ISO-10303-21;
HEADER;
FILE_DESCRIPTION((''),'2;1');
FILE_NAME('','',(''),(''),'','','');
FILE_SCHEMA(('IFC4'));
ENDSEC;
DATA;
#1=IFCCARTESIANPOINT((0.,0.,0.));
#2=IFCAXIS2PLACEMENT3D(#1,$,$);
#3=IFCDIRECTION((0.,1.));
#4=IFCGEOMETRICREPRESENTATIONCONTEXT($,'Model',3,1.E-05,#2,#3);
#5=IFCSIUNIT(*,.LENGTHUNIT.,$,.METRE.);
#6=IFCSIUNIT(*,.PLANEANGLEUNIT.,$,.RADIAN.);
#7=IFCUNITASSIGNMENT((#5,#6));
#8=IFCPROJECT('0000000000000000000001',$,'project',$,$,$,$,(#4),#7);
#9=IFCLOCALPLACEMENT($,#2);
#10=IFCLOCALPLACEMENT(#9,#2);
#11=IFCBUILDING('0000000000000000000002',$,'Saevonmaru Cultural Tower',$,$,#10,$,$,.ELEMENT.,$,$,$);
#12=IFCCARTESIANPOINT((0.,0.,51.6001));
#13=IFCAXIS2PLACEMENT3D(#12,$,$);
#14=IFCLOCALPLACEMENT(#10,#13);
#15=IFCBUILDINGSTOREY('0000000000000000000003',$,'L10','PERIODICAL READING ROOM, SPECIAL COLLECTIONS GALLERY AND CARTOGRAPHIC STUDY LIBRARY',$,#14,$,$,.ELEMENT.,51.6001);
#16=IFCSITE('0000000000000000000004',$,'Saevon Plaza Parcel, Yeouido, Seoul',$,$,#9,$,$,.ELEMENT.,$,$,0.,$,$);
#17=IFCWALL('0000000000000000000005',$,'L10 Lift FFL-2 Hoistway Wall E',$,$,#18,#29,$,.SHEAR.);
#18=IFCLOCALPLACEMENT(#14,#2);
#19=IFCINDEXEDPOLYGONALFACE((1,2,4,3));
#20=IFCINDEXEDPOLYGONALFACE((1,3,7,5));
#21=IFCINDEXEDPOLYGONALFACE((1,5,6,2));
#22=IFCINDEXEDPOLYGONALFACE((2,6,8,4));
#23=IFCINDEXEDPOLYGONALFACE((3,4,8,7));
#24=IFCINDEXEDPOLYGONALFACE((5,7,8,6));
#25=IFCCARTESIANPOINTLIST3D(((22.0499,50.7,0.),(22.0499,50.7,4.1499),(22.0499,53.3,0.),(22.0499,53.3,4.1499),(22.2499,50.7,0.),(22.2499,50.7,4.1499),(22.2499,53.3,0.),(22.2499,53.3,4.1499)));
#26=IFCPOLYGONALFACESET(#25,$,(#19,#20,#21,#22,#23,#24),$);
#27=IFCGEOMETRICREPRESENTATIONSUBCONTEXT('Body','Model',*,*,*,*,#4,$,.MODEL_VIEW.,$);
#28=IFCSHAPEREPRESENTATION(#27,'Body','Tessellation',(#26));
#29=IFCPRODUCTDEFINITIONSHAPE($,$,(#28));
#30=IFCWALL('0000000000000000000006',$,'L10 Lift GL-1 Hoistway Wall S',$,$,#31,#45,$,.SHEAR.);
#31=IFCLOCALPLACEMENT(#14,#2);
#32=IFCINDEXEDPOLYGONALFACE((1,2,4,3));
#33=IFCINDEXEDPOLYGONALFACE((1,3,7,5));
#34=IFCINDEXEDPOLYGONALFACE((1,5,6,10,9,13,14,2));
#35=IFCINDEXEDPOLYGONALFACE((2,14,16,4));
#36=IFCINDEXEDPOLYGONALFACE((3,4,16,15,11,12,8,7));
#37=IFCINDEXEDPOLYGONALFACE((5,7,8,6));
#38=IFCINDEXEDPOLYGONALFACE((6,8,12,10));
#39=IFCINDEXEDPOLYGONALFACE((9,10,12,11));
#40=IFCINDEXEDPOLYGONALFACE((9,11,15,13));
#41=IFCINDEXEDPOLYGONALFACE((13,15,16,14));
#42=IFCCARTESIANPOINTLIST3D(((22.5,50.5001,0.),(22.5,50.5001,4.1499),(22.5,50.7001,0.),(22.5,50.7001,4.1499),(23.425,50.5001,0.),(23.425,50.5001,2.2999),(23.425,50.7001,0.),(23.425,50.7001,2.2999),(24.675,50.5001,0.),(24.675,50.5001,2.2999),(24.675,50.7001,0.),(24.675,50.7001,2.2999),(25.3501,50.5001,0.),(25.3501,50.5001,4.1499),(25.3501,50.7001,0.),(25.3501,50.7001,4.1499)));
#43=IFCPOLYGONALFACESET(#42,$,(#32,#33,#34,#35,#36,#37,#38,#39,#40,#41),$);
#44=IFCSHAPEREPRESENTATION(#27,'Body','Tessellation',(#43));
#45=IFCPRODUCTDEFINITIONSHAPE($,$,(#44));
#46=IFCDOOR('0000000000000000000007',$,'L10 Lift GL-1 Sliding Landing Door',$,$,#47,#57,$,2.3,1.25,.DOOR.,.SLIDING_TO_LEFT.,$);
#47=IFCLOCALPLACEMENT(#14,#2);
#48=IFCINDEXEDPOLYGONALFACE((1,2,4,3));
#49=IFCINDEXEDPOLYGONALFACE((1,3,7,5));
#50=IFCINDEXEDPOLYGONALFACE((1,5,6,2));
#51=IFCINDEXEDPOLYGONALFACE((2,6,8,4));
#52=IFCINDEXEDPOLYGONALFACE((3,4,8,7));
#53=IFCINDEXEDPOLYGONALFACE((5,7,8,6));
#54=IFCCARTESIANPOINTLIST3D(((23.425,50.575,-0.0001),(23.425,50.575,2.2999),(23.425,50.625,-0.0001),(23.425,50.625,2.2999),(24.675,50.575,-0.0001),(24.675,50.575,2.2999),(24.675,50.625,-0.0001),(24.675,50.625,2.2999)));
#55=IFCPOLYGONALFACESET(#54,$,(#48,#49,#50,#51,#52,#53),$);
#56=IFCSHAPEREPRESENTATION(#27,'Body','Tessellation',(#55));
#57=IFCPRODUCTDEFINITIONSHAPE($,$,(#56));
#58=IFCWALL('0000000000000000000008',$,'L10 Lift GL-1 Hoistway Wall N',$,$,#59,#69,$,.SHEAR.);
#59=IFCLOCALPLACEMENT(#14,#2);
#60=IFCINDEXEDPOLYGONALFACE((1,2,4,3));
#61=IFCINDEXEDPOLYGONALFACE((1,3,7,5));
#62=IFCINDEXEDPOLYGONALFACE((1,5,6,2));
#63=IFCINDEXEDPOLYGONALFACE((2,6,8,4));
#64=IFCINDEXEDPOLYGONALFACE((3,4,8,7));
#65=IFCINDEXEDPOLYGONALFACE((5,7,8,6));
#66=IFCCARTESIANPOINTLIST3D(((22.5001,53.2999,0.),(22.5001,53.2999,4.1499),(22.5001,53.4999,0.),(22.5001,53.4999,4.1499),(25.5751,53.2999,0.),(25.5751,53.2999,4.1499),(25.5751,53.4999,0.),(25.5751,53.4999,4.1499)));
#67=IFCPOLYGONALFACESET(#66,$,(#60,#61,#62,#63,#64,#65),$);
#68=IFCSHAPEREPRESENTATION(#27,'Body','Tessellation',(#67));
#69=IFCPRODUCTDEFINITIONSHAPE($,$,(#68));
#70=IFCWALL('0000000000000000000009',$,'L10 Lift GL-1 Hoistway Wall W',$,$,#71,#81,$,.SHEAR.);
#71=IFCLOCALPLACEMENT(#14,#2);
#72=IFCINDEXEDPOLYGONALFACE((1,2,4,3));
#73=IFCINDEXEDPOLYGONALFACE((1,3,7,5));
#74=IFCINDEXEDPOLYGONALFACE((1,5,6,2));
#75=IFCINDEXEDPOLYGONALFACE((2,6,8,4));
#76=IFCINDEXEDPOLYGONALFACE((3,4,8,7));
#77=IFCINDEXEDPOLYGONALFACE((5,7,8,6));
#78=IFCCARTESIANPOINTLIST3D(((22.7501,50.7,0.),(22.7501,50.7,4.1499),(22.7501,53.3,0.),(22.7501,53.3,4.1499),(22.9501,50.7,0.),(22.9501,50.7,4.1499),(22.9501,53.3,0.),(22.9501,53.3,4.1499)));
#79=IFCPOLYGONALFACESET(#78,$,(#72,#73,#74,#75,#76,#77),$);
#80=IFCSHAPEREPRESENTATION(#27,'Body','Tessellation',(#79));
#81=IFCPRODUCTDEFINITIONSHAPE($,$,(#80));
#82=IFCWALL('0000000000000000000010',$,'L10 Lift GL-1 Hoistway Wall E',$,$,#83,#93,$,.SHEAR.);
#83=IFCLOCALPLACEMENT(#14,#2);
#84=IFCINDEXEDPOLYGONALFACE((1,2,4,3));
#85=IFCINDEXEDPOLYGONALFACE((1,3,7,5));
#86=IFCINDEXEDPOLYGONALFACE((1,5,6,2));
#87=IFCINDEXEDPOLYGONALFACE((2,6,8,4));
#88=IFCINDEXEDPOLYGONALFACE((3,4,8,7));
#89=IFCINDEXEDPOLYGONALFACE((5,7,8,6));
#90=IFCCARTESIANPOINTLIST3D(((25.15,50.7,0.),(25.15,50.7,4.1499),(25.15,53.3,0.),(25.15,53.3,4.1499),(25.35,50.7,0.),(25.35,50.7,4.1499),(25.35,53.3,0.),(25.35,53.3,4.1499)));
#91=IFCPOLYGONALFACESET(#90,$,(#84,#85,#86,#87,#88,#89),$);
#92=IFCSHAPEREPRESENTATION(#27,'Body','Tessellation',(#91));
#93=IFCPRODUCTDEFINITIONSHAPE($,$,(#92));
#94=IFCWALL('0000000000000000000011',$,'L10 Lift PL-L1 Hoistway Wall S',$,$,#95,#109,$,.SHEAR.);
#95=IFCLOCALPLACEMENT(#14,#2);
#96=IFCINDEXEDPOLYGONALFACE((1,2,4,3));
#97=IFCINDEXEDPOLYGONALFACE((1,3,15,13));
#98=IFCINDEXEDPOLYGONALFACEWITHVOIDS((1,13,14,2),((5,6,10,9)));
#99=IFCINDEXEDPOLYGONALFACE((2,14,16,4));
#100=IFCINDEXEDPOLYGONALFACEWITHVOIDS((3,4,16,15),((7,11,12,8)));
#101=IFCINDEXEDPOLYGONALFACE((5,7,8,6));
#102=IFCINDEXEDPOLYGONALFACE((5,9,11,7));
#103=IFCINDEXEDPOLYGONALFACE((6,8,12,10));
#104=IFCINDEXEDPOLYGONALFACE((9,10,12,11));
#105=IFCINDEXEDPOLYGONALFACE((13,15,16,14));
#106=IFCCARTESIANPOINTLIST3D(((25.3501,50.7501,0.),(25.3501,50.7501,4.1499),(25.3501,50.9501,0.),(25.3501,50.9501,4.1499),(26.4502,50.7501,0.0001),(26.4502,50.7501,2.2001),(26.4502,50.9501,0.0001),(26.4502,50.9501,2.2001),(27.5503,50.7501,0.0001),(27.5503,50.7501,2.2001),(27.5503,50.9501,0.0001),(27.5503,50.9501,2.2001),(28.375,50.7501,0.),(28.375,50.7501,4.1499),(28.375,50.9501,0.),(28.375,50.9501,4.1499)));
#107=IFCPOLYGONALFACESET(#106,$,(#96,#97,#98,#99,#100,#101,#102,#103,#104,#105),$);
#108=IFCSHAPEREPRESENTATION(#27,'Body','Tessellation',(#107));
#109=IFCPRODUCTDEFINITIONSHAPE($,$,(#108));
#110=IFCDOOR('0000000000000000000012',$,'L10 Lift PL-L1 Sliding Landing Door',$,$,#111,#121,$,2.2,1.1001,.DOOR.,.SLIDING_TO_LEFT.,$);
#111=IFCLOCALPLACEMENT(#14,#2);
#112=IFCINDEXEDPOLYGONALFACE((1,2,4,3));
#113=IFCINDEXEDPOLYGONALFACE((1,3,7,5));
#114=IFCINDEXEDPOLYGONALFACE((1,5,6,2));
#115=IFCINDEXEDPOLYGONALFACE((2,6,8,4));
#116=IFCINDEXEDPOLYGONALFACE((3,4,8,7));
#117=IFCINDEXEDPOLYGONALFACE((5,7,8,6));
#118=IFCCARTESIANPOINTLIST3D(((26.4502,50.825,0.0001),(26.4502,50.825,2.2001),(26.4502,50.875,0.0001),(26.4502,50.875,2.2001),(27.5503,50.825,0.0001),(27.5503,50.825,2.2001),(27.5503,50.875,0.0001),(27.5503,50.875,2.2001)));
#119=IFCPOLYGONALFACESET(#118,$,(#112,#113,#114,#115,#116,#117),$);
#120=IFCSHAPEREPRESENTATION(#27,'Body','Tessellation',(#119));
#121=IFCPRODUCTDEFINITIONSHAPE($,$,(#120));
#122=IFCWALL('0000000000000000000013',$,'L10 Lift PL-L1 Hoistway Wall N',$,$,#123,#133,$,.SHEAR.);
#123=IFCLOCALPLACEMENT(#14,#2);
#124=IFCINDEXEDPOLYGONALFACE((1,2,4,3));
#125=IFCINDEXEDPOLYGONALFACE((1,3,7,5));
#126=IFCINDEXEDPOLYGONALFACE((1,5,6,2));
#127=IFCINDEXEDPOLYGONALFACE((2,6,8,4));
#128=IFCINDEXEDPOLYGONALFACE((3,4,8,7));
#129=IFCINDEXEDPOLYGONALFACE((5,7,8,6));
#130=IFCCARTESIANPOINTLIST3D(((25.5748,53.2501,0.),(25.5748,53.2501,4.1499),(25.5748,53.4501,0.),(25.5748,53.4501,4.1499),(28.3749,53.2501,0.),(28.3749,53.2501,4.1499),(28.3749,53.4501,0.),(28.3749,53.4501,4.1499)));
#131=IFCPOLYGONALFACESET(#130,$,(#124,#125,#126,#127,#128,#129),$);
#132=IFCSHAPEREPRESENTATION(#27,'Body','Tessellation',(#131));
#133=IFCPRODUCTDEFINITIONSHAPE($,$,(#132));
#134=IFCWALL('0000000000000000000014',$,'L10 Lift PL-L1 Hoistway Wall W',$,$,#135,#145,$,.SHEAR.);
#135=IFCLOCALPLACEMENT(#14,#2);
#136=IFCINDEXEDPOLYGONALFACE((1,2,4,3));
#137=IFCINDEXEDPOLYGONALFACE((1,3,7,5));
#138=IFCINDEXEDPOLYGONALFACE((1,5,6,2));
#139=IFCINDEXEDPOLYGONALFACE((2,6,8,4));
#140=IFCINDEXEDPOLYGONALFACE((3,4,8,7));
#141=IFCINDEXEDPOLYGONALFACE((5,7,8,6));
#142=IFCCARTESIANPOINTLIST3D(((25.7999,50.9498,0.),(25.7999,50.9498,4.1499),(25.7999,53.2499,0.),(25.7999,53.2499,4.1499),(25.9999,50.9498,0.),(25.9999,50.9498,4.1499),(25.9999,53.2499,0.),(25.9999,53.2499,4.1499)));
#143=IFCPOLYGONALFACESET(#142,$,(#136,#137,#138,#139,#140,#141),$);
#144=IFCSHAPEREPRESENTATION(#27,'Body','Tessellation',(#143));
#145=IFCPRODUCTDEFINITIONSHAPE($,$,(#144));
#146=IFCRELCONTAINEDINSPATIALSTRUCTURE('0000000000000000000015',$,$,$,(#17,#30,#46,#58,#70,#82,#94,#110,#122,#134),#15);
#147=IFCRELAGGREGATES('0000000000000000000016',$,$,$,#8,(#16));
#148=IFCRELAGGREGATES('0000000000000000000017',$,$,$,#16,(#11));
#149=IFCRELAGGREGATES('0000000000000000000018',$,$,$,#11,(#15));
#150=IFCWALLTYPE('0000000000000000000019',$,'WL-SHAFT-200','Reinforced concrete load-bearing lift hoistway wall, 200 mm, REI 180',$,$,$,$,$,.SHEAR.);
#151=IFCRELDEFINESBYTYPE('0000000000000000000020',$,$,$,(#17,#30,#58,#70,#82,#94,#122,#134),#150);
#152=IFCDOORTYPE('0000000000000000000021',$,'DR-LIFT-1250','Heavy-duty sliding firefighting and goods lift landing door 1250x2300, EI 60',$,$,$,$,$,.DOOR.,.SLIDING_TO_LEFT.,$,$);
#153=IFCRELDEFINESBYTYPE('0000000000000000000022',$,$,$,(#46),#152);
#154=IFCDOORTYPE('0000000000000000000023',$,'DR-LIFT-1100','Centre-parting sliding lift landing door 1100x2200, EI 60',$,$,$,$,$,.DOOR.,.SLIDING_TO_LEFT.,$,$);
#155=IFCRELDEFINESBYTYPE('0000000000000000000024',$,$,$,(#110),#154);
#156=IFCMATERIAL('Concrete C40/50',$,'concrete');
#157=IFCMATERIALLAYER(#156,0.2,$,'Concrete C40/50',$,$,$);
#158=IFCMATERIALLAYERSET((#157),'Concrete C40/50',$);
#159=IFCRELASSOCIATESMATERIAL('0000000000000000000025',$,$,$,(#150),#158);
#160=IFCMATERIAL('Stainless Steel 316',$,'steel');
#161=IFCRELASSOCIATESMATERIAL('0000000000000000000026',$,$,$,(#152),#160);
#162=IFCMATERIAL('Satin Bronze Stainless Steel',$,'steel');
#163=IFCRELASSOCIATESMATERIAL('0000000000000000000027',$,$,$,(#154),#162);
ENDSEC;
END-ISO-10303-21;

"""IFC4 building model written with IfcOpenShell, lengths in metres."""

from ifc_helpers import new_model, si_unit, direction, frame, frame_2d, origin, place, context, subcontext, project, spatial, rectangle, extrude, material, layer, layer_set, type_object, element, fill, save


model = new_model("IFC4")

# Units and contexts
model_context = context("Model", 3, precision=1e-05, world=origin(), true_north=direction((0.0, 1.0)))
body_context = subcontext(model_context, "Body", "Model", "MODEL_VIEW")
ifc_project = project(units=[si_unit("LENGTHUNIT", "METRE"), si_unit("PLANEANGLEUNIT", "RADIAN")], contexts=[model_context])

# Site, building, storey
site_placement = place(None, origin())
site = spatial("IfcSite", under=ifc_project, at=site_placement, Name="Saevon Plaza Parcel, Yeouido, Seoul", CompositionType="ELEMENT", RefElevation=0.0)
building_placement = place(site_placement, origin())
building = spatial("IfcBuilding", under=site, at=building_placement, Name="Saevonmaru Cultural Tower", CompositionType="ELEMENT")
storey_placement = place(building_placement, frame((0.0, 0.0, 51.6001)))
storey = spatial("IfcBuildingStorey", under=building, at=storey_placement, Name="L10", Description="PERIODICAL READING ROOM, SPECIAL COLLECTIONS GALLERY AND CARTOGRAPHIC STUDY LIBRARY", CompositionType="ELEMENT", Elevation=51.6001)

# Wall
ifc_material_1 = material(Name="Concrete C40/50", Category="concrete")
ifc_layer_1 = layer(ifc_material_1, 0.2, Name="Concrete C40/50")
ifc_layer_set_1 = layer_set([ifc_layer_1], Name="Concrete C40/50")
wall_type_1 = type_object("IfcWallType", Name="WL-SHAFT-200", Description="Reinforced concrete load-bearing lift hoistway wall, 200 mm, REI 180", PredefinedType="SHEAR", material=ifc_layer_set_1)
for number, where, z_axis, x_axis, name in (
    (1, (22.1499, 50.7, 0.0), (0.0, 0.0, 1.0), (0.0, 1.0, 0.0), "L10 Lift FFL-2 Hoistway Wall E"),
):
    element("IfcWall", number, at=place(storey_placement, frame(where, z_axis=z_axis, x_axis=x_axis)), inside=storey, type_object=wall_type_1, Name=name, PredefinedType="SHEAR", context=body_context, shape_type="SweptSolid", body=[
        extrude(rectangle(XDim=2.6001, YDim=0.2, at=frame_2d((1.3, 0.0))), origin(), (0.0, 0.0, 1.0), 4.1499),
    ])

# Wall, opening, door
wall_1_placement = place(storey_placement, frame((22.5, 50.6001, 0.0), z_axis=(0.0, 0.0, 1.0), x_axis=(1.0, 0.0, 0.0)))
wall_1 = element("IfcWall", 2, at=wall_1_placement, inside=storey, type_object=wall_type_1, Name="L10 Lift GL-1 Hoistway Wall S", PredefinedType="SHEAR", context=body_context, shape_type="SweptSolid", body=[
    extrude(rectangle(XDim=2.8501, YDim=0.2, at=frame_2d((1.425, 0.0))), origin(), (0.0, 0.0, 1.0), 4.1499),
])
opening_1_placement = place(wall_1_placement, frame((0.925, 0.0, 0.0)))
opening_1 = element("IfcOpeningElement", 3, at=opening_1_placement, cuts=wall_1, PredefinedType="OPENING", context=body_context, shape_type="SweptSolid", body=[
    extrude(rectangle(XDim=1.25, YDim=2.3, at=frame_2d((0.625, 1.1499))), frame((0.0, 0.1099, 0.0), z_axis=(0.0, -1.0, 0.0), x_axis=(1.0, 0.0, 0.0)), (0.0, 0.0, 1.0), 0.22),
])
ifc_material_2 = material(Name="Stainless Steel 316", Category="steel")
door_type_1 = type_object("IfcDoorType", Name="DR-LIFT-1250", Description="Heavy-duty sliding firefighting and goods lift landing door 1250x2300, EI 60", OperationType="SLIDING_TO_LEFT", PredefinedType="DOOR", material=ifc_material_2)
door_1_placement = place(opening_1_placement, origin())
door_1 = element("IfcDoor", 4, at=door_1_placement, inside=storey, type_object=door_type_1, Name="L10 Lift GL-1 Sliding Landing Door", OperationType="SLIDING_TO_LEFT", OverallHeight=2.3, OverallWidth=1.25, PredefinedType="DOOR", context=body_context, shape_type="SweptSolid", body=[
    extrude(rectangle(XDim=1.25, YDim=2.3, at=frame_2d((0.625, 1.1499))), frame((0.0, 0.0249, 0.0), z_axis=(0.0, -1.0, 0.0), x_axis=(1.0, 0.0, 0.0)), (0.0, 0.0, 1.0), 0.05),
])
fill(opening_1, door_1)

# Walls
wall_2_placement = place(storey_placement, frame((22.5, 53.3999, 0.0), z_axis=(0.0, 0.0, 1.0), x_axis=(1.0, 0.0, 0.0)))
element("IfcWall", 5, at=wall_2_placement, inside=storey, type_object=wall_type_1, Name="L10 Lift GL-1 Hoistway Wall N", PredefinedType="SHEAR", context=body_context, shape_type="SweptSolid", body=[
    extrude(rectangle(XDim=3.075, YDim=0.2, at=frame_2d((1.5376, 0.0))), origin(), (0.0, 0.0, 1.0), 4.1499),
])
for number, where, z_axis, x_axis, name in (
    (6, (22.8501, 50.7, 0.0), (0.0, 0.0, 1.0), (0.0, 1.0, 0.0), "L10 Lift GL-1 Hoistway Wall W"),
    (7, (25.25, 50.7, 0.0), (0.0, 0.0, 1.0), (0.0, 1.0, 0.0), "L10 Lift GL-1 Hoistway Wall E"),
):
    element("IfcWall", number, at=place(storey_placement, frame(where, z_axis=z_axis, x_axis=x_axis)), inside=storey, type_object=wall_type_1, Name=name, PredefinedType="SHEAR", context=body_context, shape_type="SweptSolid", body=[
        extrude(rectangle(XDim=2.6001, YDim=0.2, at=frame_2d((1.3, 0.0))), origin(), (0.0, 0.0, 1.0), 4.1499),
    ])

# Wall, opening, door
wall_3_placement = place(storey_placement, frame((25.3501, 50.8501, 0.0), z_axis=(0.0, 0.0, 1.0), x_axis=(1.0, 0.0, 0.0)))
wall_3 = element("IfcWall", 8, at=wall_3_placement, inside=storey, type_object=wall_type_1, Name="L10 Lift PL-L1 Hoistway Wall S", PredefinedType="SHEAR", context=body_context, shape_type="SweptSolid", body=[
    extrude(rectangle(XDim=3.0249, YDim=0.2, at=frame_2d((1.5125, 0.0))), origin(), (0.0, 0.0, 1.0), 4.1499),
])
opening_2_placement = place(wall_3_placement, frame((1.1001, 0.0, 0.0)))
opening_2 = element("IfcOpeningElement", 9, at=opening_2_placement, cuts=wall_3, PredefinedType="OPENING", context=body_context, shape_type="SweptSolid", body=[
    extrude(rectangle(XDim=1.1001, YDim=2.2, at=frame_2d((0.55, 1.1001))), frame((0.0, 0.1099, 0.0), z_axis=(0.0, -1.0, 0.0), x_axis=(1.0, 0.0, 0.0)), (0.0, 0.0, 1.0), 0.22),
])
ifc_material_3 = material(Name="Satin Bronze Stainless Steel", Category="steel")
door_type_2 = type_object("IfcDoorType", Name="DR-LIFT-1100", Description="Centre-parting sliding lift landing door 1100x2200, EI 60", OperationType="SLIDING_TO_LEFT", PredefinedType="DOOR", material=ifc_material_3)
door_2_placement = place(opening_2_placement, origin())
door_2 = element("IfcDoor", 10, at=door_2_placement, inside=storey, type_object=door_type_2, Name="L10 Lift PL-L1 Sliding Landing Door", OperationType="SLIDING_TO_LEFT", OverallHeight=2.2, OverallWidth=1.1001, PredefinedType="DOOR", context=body_context, shape_type="SweptSolid", body=[
    extrude(rectangle(XDim=1.1001, YDim=2.2, at=frame_2d((0.55, 1.1001))), frame((0.0, 0.0249, 0.0), z_axis=(0.0, -1.0, 0.0), x_axis=(1.0, 0.0, 0.0)), (0.0, 0.0, 1.0), 0.05),
])
fill(opening_2, door_2)

# Walls
wall_4_placement = place(storey_placement, frame((25.575, 53.3501, 0.0), z_axis=(0.0, 0.0, 1.0), x_axis=(1.0, 0.0, 0.0)))
element("IfcWall", 11, at=wall_4_placement, inside=storey, type_object=wall_type_1, Name="L10 Lift PL-L1 Hoistway Wall N", PredefinedType="SHEAR", context=body_context, shape_type="SweptSolid", body=[
    extrude(rectangle(XDim=2.8, YDim=0.2, at=frame_2d((1.3999, 0.0))), origin(), (0.0, 0.0, 1.0), 4.1499),
])
wall_5_placement = place(storey_placement, frame((25.8999, 50.95, 0.0), z_axis=(0.0, 0.0, 1.0), x_axis=(0.0, 1.0, 0.0)))
element("IfcWall", 12, at=wall_5_placement, inside=storey, type_object=wall_type_1, Name="L10 Lift PL-L1 Hoistway Wall W", PredefinedType="SHEAR", context=body_context, shape_type="SweptSolid", body=[
    extrude(rectangle(XDim=2.3, YDim=0.2, at=frame_2d((1.1499, 0.0))), origin(), (0.0, 0.0, 1.0), 4.1499),
])

save(model, "model.ifc")
